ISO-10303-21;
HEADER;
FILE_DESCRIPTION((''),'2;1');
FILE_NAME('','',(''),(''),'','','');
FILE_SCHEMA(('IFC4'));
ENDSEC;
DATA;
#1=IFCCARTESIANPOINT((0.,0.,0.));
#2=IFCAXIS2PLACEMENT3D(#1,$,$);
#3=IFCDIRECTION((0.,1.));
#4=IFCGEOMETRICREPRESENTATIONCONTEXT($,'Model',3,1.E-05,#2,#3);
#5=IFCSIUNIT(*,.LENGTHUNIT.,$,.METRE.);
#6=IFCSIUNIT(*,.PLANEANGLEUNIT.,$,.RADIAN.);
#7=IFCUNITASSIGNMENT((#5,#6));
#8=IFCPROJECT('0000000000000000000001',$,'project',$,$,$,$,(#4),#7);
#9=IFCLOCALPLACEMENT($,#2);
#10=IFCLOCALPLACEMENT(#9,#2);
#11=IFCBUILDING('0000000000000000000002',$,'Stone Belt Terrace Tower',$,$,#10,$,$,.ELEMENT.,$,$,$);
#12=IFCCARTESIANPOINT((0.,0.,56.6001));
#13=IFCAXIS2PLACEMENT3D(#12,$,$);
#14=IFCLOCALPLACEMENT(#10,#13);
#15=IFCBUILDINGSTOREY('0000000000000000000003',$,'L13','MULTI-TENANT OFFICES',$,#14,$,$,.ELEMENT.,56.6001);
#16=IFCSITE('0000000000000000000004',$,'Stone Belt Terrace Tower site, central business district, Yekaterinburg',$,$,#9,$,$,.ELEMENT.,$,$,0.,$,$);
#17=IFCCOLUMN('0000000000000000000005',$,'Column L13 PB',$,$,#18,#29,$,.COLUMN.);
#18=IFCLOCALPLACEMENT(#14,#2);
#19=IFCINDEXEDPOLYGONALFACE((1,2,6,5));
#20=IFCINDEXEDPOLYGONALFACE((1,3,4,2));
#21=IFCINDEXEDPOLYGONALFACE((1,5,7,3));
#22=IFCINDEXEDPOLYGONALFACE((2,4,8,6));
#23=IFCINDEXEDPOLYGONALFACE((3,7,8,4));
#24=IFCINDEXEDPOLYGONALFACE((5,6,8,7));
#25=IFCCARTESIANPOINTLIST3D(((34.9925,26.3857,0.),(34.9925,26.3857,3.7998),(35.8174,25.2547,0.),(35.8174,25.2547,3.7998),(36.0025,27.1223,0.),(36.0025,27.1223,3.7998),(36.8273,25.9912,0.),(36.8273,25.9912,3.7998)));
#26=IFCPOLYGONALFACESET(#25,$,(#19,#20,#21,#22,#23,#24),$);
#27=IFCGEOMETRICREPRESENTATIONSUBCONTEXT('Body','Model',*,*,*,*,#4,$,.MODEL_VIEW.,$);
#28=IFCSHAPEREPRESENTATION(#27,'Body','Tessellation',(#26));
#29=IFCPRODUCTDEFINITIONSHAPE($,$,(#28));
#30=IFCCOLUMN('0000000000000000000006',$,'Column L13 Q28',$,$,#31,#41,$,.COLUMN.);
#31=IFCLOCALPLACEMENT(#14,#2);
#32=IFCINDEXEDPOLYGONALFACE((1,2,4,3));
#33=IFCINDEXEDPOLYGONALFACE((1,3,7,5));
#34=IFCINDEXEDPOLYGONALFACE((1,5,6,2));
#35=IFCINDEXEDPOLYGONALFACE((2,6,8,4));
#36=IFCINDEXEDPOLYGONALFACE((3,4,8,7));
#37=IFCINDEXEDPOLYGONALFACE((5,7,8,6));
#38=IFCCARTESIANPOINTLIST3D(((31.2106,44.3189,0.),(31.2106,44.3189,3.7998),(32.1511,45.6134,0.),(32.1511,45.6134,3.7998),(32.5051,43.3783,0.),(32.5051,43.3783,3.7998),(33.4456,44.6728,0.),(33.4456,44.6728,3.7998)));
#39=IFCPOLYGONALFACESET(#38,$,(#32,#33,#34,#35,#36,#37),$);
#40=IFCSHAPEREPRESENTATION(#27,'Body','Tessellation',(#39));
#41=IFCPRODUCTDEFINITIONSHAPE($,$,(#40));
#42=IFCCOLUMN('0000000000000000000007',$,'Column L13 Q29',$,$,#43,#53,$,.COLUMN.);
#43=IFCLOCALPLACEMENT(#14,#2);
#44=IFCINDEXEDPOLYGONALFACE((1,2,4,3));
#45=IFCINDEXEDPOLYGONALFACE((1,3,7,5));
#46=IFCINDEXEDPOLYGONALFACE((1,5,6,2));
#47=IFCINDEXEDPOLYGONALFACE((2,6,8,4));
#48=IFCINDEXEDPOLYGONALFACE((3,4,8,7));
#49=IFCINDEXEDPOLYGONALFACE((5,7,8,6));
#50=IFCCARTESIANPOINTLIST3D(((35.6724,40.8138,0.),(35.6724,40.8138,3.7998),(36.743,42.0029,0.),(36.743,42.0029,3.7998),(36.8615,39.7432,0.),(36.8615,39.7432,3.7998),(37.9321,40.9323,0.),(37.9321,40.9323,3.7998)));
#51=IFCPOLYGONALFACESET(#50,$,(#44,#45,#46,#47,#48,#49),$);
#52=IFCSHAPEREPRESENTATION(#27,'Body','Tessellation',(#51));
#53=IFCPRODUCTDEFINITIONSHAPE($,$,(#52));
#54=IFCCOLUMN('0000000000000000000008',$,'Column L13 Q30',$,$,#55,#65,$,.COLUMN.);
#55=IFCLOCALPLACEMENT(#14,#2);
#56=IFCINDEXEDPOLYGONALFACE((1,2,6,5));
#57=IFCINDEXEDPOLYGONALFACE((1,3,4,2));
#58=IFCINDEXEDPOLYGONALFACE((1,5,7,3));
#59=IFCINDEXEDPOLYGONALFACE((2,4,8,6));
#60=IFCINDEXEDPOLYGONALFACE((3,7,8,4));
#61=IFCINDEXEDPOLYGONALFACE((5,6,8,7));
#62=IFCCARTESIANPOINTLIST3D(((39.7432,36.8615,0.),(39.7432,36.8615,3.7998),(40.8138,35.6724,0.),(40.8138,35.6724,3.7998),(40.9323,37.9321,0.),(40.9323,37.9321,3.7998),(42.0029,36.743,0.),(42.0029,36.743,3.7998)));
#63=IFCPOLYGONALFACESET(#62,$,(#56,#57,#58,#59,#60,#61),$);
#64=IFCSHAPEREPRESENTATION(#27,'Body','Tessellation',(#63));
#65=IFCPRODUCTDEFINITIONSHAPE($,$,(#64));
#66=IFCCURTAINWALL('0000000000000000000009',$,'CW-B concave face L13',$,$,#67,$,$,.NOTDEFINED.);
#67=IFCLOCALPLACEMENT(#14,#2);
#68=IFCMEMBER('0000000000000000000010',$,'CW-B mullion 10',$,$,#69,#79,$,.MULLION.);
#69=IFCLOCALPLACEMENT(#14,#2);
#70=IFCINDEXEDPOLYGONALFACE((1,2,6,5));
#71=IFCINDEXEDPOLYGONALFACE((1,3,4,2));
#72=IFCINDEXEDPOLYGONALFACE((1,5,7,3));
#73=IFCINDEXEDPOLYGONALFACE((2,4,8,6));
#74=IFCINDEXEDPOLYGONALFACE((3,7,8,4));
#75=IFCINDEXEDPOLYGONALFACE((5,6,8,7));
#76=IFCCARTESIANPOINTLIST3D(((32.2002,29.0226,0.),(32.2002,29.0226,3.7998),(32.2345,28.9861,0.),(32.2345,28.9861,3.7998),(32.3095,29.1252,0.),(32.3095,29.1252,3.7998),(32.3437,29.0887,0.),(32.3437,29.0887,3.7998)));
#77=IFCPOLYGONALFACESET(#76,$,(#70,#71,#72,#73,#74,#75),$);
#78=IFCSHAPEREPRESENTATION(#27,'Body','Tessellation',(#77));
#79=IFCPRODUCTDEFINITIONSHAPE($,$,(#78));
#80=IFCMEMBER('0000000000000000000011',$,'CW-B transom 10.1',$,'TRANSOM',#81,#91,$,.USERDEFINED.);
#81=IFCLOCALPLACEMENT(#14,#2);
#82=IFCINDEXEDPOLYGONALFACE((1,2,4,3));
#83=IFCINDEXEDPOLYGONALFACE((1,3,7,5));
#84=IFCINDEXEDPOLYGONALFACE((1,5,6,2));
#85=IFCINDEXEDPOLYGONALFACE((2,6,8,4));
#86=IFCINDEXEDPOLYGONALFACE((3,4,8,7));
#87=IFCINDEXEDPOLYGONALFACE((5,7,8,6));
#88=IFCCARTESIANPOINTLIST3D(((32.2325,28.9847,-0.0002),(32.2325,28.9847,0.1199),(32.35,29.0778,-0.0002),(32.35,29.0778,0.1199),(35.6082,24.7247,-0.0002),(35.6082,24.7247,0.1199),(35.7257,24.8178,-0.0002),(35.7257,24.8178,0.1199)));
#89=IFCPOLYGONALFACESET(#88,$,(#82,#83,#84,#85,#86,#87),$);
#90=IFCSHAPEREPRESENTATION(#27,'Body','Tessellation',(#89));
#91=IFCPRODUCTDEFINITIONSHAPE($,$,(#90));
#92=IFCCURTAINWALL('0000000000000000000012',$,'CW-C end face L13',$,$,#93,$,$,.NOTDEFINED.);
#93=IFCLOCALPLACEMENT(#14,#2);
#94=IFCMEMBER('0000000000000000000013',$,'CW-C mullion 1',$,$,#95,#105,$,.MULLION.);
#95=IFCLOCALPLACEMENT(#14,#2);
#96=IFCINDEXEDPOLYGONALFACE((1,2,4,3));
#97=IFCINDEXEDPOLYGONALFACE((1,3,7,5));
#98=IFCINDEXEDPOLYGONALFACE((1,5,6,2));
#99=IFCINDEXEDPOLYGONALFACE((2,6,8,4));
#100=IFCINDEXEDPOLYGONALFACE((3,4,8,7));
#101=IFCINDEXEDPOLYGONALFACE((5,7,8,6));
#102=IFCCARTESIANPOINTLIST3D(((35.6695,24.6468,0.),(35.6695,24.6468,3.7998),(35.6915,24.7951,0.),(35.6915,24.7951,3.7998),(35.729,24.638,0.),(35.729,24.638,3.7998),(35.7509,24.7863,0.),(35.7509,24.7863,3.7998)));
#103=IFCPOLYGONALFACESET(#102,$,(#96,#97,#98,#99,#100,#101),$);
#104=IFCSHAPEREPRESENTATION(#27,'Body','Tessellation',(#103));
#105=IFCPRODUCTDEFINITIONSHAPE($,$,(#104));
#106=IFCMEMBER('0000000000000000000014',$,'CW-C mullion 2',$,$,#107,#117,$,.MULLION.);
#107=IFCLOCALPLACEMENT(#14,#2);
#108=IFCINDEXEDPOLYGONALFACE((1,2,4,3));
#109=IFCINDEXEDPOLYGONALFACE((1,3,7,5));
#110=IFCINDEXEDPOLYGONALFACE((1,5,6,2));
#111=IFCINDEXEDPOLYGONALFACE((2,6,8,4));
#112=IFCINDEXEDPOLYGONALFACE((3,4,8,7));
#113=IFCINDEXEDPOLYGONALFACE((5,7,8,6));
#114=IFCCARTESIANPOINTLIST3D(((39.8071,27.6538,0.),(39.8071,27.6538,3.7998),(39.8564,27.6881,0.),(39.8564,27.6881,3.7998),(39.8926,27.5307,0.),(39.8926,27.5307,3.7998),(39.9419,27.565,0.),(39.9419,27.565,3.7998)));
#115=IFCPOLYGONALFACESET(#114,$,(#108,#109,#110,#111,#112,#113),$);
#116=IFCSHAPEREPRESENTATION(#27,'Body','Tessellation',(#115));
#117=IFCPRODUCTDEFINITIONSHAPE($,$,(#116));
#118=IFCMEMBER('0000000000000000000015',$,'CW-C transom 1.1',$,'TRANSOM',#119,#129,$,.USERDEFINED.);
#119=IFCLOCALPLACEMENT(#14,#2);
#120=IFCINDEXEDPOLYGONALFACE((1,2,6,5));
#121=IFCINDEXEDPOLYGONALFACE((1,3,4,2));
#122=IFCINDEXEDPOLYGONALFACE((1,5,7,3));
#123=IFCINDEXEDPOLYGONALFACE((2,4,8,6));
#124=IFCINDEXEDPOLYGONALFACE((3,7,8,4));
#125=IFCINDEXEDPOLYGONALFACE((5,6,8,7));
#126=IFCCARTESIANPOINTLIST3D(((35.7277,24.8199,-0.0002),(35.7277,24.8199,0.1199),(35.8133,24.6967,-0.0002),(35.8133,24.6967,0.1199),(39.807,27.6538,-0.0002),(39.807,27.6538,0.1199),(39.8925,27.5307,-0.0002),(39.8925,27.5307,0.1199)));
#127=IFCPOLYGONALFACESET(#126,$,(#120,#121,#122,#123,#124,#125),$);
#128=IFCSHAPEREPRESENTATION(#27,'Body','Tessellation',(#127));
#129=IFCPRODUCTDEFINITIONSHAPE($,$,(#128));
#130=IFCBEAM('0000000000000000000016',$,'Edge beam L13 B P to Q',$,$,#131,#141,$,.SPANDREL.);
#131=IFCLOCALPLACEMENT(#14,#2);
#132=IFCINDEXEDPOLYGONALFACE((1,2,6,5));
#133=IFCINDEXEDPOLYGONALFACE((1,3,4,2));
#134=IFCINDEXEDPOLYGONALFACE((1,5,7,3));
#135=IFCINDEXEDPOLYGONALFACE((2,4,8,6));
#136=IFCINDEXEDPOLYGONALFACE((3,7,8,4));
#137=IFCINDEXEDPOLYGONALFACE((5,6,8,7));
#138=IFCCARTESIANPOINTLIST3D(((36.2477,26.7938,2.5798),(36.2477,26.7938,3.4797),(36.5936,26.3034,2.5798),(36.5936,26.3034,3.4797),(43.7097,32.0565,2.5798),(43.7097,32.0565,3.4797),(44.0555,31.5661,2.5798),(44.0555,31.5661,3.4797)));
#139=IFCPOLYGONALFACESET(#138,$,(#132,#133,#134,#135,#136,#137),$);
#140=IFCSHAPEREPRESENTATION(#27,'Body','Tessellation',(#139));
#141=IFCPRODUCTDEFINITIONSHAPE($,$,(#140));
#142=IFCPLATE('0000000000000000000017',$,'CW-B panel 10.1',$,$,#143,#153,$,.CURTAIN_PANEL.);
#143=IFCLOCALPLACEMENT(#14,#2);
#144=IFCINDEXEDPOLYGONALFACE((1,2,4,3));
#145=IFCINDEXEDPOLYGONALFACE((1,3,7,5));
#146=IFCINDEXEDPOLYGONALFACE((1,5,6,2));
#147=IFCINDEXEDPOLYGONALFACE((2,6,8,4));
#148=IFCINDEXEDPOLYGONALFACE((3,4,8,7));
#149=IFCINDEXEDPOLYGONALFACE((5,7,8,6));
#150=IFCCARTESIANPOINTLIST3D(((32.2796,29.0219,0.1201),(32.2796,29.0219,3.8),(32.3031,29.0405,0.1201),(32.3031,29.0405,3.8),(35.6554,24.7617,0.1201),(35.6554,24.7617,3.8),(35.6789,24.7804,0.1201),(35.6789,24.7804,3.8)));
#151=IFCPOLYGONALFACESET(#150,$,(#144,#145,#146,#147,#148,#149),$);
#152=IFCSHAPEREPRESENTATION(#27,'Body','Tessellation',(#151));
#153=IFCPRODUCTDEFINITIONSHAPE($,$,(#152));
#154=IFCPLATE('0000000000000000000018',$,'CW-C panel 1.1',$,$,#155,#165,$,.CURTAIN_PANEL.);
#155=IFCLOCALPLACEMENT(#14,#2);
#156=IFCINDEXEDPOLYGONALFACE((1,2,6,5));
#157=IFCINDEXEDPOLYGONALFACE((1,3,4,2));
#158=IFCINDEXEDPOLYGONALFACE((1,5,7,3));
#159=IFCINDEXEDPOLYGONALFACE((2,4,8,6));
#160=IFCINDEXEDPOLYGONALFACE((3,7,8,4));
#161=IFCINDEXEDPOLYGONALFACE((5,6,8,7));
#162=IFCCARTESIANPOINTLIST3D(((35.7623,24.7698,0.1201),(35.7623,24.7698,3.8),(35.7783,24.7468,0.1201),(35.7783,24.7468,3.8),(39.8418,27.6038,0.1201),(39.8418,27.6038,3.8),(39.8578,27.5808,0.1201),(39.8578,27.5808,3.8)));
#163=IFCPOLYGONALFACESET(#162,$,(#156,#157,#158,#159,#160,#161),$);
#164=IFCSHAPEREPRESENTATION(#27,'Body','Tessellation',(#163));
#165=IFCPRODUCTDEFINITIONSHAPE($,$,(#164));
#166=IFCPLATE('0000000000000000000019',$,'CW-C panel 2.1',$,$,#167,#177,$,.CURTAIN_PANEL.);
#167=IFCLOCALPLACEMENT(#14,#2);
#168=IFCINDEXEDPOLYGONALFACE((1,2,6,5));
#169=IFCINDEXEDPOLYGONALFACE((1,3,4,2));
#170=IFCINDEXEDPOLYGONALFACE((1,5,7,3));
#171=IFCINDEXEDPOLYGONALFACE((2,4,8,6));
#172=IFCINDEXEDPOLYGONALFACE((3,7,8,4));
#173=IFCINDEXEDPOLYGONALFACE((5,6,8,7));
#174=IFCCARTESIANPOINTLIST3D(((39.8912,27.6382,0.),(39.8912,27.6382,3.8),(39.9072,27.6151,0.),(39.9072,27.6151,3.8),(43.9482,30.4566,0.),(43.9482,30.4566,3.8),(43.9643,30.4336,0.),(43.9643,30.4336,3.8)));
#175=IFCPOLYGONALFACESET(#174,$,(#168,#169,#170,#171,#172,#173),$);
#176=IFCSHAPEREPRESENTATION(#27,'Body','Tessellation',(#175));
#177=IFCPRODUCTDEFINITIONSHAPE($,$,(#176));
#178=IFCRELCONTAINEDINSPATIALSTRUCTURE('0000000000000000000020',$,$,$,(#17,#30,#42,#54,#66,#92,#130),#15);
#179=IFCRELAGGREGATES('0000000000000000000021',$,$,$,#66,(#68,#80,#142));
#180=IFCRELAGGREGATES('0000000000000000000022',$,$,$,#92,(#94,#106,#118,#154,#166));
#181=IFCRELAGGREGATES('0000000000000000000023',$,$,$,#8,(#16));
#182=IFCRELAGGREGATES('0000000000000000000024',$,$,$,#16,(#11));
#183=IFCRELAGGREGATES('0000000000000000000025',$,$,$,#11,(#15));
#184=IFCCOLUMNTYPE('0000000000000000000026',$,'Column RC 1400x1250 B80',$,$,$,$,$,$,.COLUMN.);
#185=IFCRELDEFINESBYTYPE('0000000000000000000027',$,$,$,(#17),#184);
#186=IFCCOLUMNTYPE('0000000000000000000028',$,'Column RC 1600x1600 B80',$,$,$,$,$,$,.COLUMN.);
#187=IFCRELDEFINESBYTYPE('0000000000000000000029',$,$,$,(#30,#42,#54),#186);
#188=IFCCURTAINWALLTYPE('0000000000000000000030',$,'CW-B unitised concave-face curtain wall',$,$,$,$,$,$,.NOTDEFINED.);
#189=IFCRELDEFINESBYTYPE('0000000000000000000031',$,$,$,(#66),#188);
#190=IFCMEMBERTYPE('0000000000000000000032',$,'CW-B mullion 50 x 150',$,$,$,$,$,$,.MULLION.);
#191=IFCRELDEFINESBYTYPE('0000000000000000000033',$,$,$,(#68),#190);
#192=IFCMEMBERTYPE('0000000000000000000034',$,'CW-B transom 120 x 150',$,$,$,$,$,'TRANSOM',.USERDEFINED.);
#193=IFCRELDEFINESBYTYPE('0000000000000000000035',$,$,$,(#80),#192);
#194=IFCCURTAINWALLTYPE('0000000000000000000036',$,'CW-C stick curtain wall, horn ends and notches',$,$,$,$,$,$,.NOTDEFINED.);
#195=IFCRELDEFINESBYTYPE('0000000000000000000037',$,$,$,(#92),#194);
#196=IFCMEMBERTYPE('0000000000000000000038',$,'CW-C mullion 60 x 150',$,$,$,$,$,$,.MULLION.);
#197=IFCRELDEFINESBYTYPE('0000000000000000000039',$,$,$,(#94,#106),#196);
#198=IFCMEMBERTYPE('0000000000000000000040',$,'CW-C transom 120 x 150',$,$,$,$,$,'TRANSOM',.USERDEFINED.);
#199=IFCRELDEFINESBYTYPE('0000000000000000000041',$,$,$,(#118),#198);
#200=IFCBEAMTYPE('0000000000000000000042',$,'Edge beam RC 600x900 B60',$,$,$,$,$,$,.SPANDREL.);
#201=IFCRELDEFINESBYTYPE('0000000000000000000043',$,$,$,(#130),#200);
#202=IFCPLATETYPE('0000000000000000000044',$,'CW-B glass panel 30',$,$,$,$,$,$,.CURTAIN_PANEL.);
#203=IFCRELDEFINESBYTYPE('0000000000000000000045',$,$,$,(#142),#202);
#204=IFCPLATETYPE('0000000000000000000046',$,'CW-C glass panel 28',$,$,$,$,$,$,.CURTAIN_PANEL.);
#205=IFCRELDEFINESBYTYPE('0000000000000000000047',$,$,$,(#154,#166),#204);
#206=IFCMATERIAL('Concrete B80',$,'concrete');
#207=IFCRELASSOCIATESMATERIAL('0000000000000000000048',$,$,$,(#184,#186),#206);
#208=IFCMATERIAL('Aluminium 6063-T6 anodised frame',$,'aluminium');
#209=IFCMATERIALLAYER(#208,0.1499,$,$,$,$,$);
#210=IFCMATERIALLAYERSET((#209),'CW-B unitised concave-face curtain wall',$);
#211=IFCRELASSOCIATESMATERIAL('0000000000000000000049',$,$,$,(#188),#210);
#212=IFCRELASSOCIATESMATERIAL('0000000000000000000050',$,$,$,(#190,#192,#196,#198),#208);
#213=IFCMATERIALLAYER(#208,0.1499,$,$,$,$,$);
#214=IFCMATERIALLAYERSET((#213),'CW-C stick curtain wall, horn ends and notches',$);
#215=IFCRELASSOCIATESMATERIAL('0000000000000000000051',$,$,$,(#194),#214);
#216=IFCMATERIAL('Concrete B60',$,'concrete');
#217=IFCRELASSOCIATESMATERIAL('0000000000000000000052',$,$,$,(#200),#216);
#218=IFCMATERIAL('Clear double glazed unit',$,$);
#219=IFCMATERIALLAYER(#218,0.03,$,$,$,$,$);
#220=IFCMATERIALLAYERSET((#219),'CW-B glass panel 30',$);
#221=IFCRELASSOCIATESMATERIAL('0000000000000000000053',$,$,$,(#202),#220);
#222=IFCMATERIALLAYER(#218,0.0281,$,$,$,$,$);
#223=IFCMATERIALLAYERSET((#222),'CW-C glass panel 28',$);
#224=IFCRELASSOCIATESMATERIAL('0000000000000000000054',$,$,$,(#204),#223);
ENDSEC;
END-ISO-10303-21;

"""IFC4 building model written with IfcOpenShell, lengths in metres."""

from ifc_helpers import new_model, si_unit, direction, frame, origin, origin_2d, place, context, subcontext, project, spatial, rectangle, extrude, material, layer, layer_set, material_profile, profile_set, type_object, element, aggregate, save


model = new_model("IFC4")

# Units and contexts
model_context = context("Model", 3, precision=1e-05, world=origin(), true_north=direction((0.0, 1.0)))
body_context = subcontext(model_context, "Body", "Model", "MODEL_VIEW")
ifc_project = project(units=[si_unit("LENGTHUNIT", "METRE"), si_unit("PLANEANGLEUNIT", "RADIAN")], contexts=[model_context])

# Site, building, storey
site_placement = place(None, origin())
site = spatial("IfcSite", under=ifc_project, at=site_placement, Name="Stone Belt Terrace Tower site, central business district, Yekaterinburg", CompositionType="ELEMENT", RefElevation=0.0)
building_placement = place(site_placement, origin())
building = spatial("IfcBuilding", under=site, at=building_placement, Name="Stone Belt Terrace Tower", CompositionType="ELEMENT")
storey_placement = place(building_placement, frame((0.0, 0.0, 56.6001)))
storey = spatial("IfcBuildingStorey", under=building, at=storey_placement, Name="L13", Description="MULTI-TENANT OFFICES", CompositionType="ELEMENT", Elevation=56.6001)

# Columns
ifc_material_1 = material(Name="Concrete B80", Category="concrete")
ifc_material_profile_1 = material_profile(ifc_material_1, rectangle(XDim=1.3999, YDim=1.25, at=origin_2d()), Name="RC 1400x1250")
ifc_profile_set_1 = profile_set([ifc_material_profile_1], Name="Concrete B80")
column_type_1 = type_object("IfcColumnType", Name="Column RC 1400x1250 B80", PredefinedType="COLUMN", material=ifc_profile_set_1)
column_placement = place(storey_placement, frame((35.9099, 26.1885, 0.0), z_axis=(0.0, 0.0, 1.0), x_axis=(0.589233, -0.807963, 0.0)))
element("IfcColumn", 1, at=column_placement, inside=storey, type_object=column_type_1, Name="Column L13 PB", PredefinedType="COLUMN", context=body_context, shape_type="SweptSolid", body=[
    extrude(rectangle(XDim=1.3999, YDim=1.25, at=origin_2d()), origin(), (0.0, 0.0, 1.0), 3.7998),
])
ifc_material_profile_2 = material_profile(ifc_material_1, rectangle(XDim=1.6001, YDim=1.6001, at=origin_2d()), Name="RC 1600x1600")
ifc_profile_set_2 = profile_set([ifc_material_profile_2], Name="Concrete B80")
column_type_2 = type_object("IfcColumnType", Name="Column RC 1600x1600 B80", PredefinedType="COLUMN", material=ifc_profile_set_2)
for number, where, z_axis, x_axis, name in (
    (2, (32.3281, 44.4958, 0.0), (0.0, 0.0, 1.0), (0.809017, -0.587785, 0.0), "Column L13 Q28"),
    (3, (36.8022, 40.873, 0.0), (0.0, 0.0, 1.0), (0.743145, -0.669131, 0.0), "Column L13 Q29"),
    (4, (40.873, 36.8022, 0.0), (0.0, 0.0, 1.0), (0.669131, -0.743145, 0.0), "Column L13 Q30"),
):
    element("IfcColumn", number, at=place(storey_placement, frame(where, z_axis=z_axis, x_axis=x_axis)), inside=storey, type_object=column_type_2, Name=name, PredefinedType="COLUMN", context=body_context, shape_type="SweptSolid", body=[
        extrude(rectangle(XDim=1.6001, YDim=1.6001, at=origin_2d()), origin(), (0.0, 0.0, 1.0), 3.7998),
    ])

# Curtain walls, members
ifc_material_2 = material(Name="Aluminium 6063-T6 anodised frame", Category="aluminium")
ifc_layer_1 = layer(ifc_material_2, 0.1499)
ifc_layer_set_1 = layer_set([ifc_layer_1], Name="CW-B unitised concave-face curtain wall")
curtain_wall_type_1 = type_object("IfcCurtainWallType", Name="CW-B unitised concave-face curtain wall", PredefinedType="NOTDEFINED", material=ifc_layer_set_1)
curtain_wall_1_placement = place(storey_placement, origin())
curtain_wall_1 = element("IfcCurtainWall", 5, at=curtain_wall_1_placement, inside=storey, type_object=curtain_wall_type_1, Name="CW-B concave face L13", PredefinedType="NOTDEFINED")
ifc_material_profile_3 = material_profile(ifc_material_2, rectangle(XDim=0.1499, YDim=0.05, at=origin_2d()), Name="Aluminium 6063-T6 50x150")
ifc_profile_set_3 = profile_set([ifc_material_profile_3], Name="Aluminium 6063-T6 anodised frame")
member_type_1 = type_object("IfcMemberType", Name="CW-B mullion 50 x 150", PredefinedType="MULLION", material=ifc_profile_set_3)
member_1_placement = place(storey_placement, frame((32.272, 29.0557, 0.0), z_axis=(0.0, 0.0, 1.0), x_axis=(0.729005, 0.684508, 0.0)))
member_1 = element("IfcMember", 6, at=member_1_placement, type_object=member_type_1, Name="CW-B mullion 10", PredefinedType="MULLION", context=body_context, shape_type="SweptSolid", body=[
    extrude(rectangle(XDim=0.1499, YDim=0.05, at=origin_2d()), origin(), (0.0, 0.0, 1.0), 3.7998),
])
ifc_material_profile_4 = material_profile(ifc_material_2, rectangle(XDim=0.1499, YDim=0.1201, at=origin_2d()), Name="Aluminium 6063-T6 150x120")
ifc_profile_set_4 = profile_set([ifc_material_profile_4], Name="Aluminium 6063-T6 anodised frame")
member_type_2 = type_object("IfcMemberType", Name="CW-B transom 120 x 150", ElementType="TRANSOM", PredefinedType="USERDEFINED", material=ifc_profile_set_4)
member_2_placement = place(storey_placement, frame((32.2913, 29.0312, 0.0598), z_axis=(0.621068, -0.783757, 0.0), x_axis=(0.783757, 0.621068, 0.0)))
member_2 = element("IfcMember", 7, at=member_2_placement, type_object=member_type_2, Name="CW-B transom 10.1", ObjectType="TRANSOM", PredefinedType="USERDEFINED", context=body_context, shape_type="SweptSolid", body=[
    extrude(rectangle(XDim=0.1499, YDim=0.1201, at=origin_2d()), origin(), (0.0, 0.0, 1.0), 5.4353),
])
ifc_layer_2 = layer(ifc_material_2, 0.1499)
ifc_layer_set_2 = layer_set([ifc_layer_2], Name="CW-C stick curtain wall, horn ends and notches")
curtain_wall_type_2 = type_object("IfcCurtainWallType", Name="CW-C stick curtain wall, horn ends and notches", PredefinedType="NOTDEFINED", material=ifc_layer_set_2)
curtain_wall_2_placement = place(storey_placement, origin())
curtain_wall_2 = element("IfcCurtainWall", 8, at=curtain_wall_2_placement, inside=storey, type_object=curtain_wall_type_2, Name="CW-C end face L13", PredefinedType="NOTDEFINED")
ifc_material_profile_5 = material_profile(ifc_material_2, rectangle(XDim=0.1499, YDim=0.0601, at=origin_2d()), Name="Aluminium 6063-T6 60x150")
ifc_profile_set_5 = profile_set([ifc_material_profile_5], Name="Aluminium 6063-T6 anodised frame")
member_type_3 = type_object("IfcMemberType", Name="CW-C mullion 60 x 150", PredefinedType="MULLION", material=ifc_profile_set_5)
member_3_placement = place(storey_placement, frame((35.7102, 24.7166, 0.0), z_axis=(0.0, 0.0, 1.0), x_axis=(0.146242, 0.989249, 0.0)))
member_3 = element("IfcMember", 9, at=member_3_placement, type_object=member_type_3, Name="CW-C mullion 1", PredefinedType="MULLION", context=body_context, shape_type="SweptSolid", body=[
    extrude(rectangle(XDim=0.1499, YDim=0.0601, at=origin_2d()), origin(), (0.0, 0.0, 1.0), 3.7998),
])
member_4_placement = place(storey_placement, frame((39.8745, 27.6094, 0.0), z_axis=(0.0, 0.0, 1.0), x_axis=(-0.570537, 0.821272, 0.0)))
member_4 = element("IfcMember", 10, at=member_4_placement, type_object=member_type_3, Name="CW-C mullion 2", PredefinedType="MULLION", context=body_context, shape_type="SweptSolid", body=[
    extrude(rectangle(XDim=0.1499, YDim=0.0601, at=origin_2d()), origin(), (0.0, 0.0, 1.0), 3.7998),
])
ifc_material_profile_6 = material_profile(ifc_material_2, rectangle(XDim=0.1499, YDim=0.1201, at=origin_2d()), Name="Aluminium 6063-T6 150x120")
ifc_profile_set_6 = profile_set([ifc_material_profile_6], Name="Aluminium 6063-T6 anodised frame")
member_type_4 = type_object("IfcMemberType", Name="CW-C transom 120 x 150", ElementType="TRANSOM", PredefinedType="USERDEFINED", material=ifc_profile_set_6)
member_5_placement = place(storey_placement, frame((35.7705, 24.7583, 0.0598), z_axis=(0.821266, 0.570546, 0.0), x_axis=(-0.570546, 0.821266, 0.0)))
member_5 = element("IfcMember", 11, at=member_5_placement, type_object=member_type_4, Name="CW-C transom 1.1", ObjectType="TRANSOM", PredefinedType="USERDEFINED", context=body_context, shape_type="SweptSolid", body=[
    extrude(rectangle(XDim=0.1499, YDim=0.1201, at=origin_2d()), origin(), (0.0, 0.0, 1.0), 4.967),
])

# Beam
ifc_material_3 = material(Name="Concrete B60", Category="concrete")
ifc_material_profile_7 = material_profile(ifc_material_3, rectangle(XDim=0.6001, YDim=0.8999, at=origin_2d()), Name="RC 600x900")
ifc_profile_set_7 = profile_set([ifc_material_profile_7], Name="Concrete B60")
beam_type = type_object("IfcBeamType", Name="Edge beam RC 600x900 B60", PredefinedType="SPANDREL", material=ifc_profile_set_7)
beam_placement = place(storey_placement, frame((36.4207, 26.5486, 3.0298), z_axis=(0.817202, 0.576351, 0.0), x_axis=(-0.576351, 0.817202, 0.0)))
element("IfcBeam", 12, at=beam_placement, inside=storey, type_object=beam_type, Name="Edge beam L13 B P to Q", PredefinedType="SPANDREL", context=body_context, shape_type="SweptSolid", body=[
    extrude(rectangle(XDim=0.6001, YDim=0.8999, at=origin_2d()), origin(), (0.0, 0.0, 1.0), 9.1311),
])

# Plates
ifc_material_4 = material(Name="Clear double glazed unit")
ifc_layer_3 = layer(ifc_material_4, 0.03)
ifc_layer_set_3 = layer_set([ifc_layer_3], Name="CW-B glass panel 30")
plate_type_1 = type_object("IfcPlateType", Name="CW-B glass panel 30", PredefinedType="CURTAIN_PANEL", material=ifc_layer_set_3)
plate_1_placement = place(storey_placement, frame((33.9792, 26.9011, 0.1201), z_axis=(0.0, 0.0, 1.0), x_axis=(0.621064, -0.78376, 0.0)))
plate_1 = element("IfcPlate", 13, at=plate_1_placement, type_object=plate_type_1, Name="CW-B panel 10.1", PredefinedType="CURTAIN_PANEL", context=body_context, shape_type="SweptSolid", body=[
    extrude(rectangle(XDim=5.4355, YDim=0.03, at=origin_2d()), origin(), (0.0, 0.0, 1.0), 3.6799),
])
aggregate(curtain_wall_1, [member_1, member_2, plate_1])
ifc_layer_4 = layer(ifc_material_4, 0.0281)
ifc_layer_set_4 = layer_set([ifc_layer_4], Name="CW-C glass panel 28")
plate_type_2 = type_object("IfcPlateType", Name="CW-C glass panel 28", PredefinedType="CURTAIN_PANEL", material=ifc_layer_set_4)
plate_2_placement = place(storey_placement, frame((37.8101, 26.1753, 0.1201), z_axis=(0.0, 0.0, 1.0), x_axis=(0.821272, 0.570537, 0.0)))
plate_2 = element("IfcPlate", 14, at=plate_2_placement, type_object=plate_type_2, Name="CW-C panel 1.1", PredefinedType="CURTAIN_PANEL", context=body_context, shape_type="SweptSolid", body=[
    extrude(rectangle(XDim=4.9673, YDim=0.0281, at=origin_2d()), origin(), (0.0, 0.0, 1.0), 3.6799),
])
plate_3_placement = place(storey_placement, frame((41.9277, 29.0359, 0.0), z_axis=(0.0, 0.0, 1.0), x_axis=(0.821272, 0.570537, 0.0)))
plate_3 = element("IfcPlate", 15, at=plate_3_placement, type_object=plate_type_2, Name="CW-C panel 2.1", PredefinedType="CURTAIN_PANEL", context=body_context, shape_type="SweptSolid", body=[
    extrude(rectangle(XDim=4.9399, YDim=0.0281, at=origin_2d()), origin(), (0.0, 0.0, 1.0), 3.8),
])
aggregate(curtain_wall_2, [member_3, member_4, member_5, plate_2, plate_3])

save(model, "model.ifc")
